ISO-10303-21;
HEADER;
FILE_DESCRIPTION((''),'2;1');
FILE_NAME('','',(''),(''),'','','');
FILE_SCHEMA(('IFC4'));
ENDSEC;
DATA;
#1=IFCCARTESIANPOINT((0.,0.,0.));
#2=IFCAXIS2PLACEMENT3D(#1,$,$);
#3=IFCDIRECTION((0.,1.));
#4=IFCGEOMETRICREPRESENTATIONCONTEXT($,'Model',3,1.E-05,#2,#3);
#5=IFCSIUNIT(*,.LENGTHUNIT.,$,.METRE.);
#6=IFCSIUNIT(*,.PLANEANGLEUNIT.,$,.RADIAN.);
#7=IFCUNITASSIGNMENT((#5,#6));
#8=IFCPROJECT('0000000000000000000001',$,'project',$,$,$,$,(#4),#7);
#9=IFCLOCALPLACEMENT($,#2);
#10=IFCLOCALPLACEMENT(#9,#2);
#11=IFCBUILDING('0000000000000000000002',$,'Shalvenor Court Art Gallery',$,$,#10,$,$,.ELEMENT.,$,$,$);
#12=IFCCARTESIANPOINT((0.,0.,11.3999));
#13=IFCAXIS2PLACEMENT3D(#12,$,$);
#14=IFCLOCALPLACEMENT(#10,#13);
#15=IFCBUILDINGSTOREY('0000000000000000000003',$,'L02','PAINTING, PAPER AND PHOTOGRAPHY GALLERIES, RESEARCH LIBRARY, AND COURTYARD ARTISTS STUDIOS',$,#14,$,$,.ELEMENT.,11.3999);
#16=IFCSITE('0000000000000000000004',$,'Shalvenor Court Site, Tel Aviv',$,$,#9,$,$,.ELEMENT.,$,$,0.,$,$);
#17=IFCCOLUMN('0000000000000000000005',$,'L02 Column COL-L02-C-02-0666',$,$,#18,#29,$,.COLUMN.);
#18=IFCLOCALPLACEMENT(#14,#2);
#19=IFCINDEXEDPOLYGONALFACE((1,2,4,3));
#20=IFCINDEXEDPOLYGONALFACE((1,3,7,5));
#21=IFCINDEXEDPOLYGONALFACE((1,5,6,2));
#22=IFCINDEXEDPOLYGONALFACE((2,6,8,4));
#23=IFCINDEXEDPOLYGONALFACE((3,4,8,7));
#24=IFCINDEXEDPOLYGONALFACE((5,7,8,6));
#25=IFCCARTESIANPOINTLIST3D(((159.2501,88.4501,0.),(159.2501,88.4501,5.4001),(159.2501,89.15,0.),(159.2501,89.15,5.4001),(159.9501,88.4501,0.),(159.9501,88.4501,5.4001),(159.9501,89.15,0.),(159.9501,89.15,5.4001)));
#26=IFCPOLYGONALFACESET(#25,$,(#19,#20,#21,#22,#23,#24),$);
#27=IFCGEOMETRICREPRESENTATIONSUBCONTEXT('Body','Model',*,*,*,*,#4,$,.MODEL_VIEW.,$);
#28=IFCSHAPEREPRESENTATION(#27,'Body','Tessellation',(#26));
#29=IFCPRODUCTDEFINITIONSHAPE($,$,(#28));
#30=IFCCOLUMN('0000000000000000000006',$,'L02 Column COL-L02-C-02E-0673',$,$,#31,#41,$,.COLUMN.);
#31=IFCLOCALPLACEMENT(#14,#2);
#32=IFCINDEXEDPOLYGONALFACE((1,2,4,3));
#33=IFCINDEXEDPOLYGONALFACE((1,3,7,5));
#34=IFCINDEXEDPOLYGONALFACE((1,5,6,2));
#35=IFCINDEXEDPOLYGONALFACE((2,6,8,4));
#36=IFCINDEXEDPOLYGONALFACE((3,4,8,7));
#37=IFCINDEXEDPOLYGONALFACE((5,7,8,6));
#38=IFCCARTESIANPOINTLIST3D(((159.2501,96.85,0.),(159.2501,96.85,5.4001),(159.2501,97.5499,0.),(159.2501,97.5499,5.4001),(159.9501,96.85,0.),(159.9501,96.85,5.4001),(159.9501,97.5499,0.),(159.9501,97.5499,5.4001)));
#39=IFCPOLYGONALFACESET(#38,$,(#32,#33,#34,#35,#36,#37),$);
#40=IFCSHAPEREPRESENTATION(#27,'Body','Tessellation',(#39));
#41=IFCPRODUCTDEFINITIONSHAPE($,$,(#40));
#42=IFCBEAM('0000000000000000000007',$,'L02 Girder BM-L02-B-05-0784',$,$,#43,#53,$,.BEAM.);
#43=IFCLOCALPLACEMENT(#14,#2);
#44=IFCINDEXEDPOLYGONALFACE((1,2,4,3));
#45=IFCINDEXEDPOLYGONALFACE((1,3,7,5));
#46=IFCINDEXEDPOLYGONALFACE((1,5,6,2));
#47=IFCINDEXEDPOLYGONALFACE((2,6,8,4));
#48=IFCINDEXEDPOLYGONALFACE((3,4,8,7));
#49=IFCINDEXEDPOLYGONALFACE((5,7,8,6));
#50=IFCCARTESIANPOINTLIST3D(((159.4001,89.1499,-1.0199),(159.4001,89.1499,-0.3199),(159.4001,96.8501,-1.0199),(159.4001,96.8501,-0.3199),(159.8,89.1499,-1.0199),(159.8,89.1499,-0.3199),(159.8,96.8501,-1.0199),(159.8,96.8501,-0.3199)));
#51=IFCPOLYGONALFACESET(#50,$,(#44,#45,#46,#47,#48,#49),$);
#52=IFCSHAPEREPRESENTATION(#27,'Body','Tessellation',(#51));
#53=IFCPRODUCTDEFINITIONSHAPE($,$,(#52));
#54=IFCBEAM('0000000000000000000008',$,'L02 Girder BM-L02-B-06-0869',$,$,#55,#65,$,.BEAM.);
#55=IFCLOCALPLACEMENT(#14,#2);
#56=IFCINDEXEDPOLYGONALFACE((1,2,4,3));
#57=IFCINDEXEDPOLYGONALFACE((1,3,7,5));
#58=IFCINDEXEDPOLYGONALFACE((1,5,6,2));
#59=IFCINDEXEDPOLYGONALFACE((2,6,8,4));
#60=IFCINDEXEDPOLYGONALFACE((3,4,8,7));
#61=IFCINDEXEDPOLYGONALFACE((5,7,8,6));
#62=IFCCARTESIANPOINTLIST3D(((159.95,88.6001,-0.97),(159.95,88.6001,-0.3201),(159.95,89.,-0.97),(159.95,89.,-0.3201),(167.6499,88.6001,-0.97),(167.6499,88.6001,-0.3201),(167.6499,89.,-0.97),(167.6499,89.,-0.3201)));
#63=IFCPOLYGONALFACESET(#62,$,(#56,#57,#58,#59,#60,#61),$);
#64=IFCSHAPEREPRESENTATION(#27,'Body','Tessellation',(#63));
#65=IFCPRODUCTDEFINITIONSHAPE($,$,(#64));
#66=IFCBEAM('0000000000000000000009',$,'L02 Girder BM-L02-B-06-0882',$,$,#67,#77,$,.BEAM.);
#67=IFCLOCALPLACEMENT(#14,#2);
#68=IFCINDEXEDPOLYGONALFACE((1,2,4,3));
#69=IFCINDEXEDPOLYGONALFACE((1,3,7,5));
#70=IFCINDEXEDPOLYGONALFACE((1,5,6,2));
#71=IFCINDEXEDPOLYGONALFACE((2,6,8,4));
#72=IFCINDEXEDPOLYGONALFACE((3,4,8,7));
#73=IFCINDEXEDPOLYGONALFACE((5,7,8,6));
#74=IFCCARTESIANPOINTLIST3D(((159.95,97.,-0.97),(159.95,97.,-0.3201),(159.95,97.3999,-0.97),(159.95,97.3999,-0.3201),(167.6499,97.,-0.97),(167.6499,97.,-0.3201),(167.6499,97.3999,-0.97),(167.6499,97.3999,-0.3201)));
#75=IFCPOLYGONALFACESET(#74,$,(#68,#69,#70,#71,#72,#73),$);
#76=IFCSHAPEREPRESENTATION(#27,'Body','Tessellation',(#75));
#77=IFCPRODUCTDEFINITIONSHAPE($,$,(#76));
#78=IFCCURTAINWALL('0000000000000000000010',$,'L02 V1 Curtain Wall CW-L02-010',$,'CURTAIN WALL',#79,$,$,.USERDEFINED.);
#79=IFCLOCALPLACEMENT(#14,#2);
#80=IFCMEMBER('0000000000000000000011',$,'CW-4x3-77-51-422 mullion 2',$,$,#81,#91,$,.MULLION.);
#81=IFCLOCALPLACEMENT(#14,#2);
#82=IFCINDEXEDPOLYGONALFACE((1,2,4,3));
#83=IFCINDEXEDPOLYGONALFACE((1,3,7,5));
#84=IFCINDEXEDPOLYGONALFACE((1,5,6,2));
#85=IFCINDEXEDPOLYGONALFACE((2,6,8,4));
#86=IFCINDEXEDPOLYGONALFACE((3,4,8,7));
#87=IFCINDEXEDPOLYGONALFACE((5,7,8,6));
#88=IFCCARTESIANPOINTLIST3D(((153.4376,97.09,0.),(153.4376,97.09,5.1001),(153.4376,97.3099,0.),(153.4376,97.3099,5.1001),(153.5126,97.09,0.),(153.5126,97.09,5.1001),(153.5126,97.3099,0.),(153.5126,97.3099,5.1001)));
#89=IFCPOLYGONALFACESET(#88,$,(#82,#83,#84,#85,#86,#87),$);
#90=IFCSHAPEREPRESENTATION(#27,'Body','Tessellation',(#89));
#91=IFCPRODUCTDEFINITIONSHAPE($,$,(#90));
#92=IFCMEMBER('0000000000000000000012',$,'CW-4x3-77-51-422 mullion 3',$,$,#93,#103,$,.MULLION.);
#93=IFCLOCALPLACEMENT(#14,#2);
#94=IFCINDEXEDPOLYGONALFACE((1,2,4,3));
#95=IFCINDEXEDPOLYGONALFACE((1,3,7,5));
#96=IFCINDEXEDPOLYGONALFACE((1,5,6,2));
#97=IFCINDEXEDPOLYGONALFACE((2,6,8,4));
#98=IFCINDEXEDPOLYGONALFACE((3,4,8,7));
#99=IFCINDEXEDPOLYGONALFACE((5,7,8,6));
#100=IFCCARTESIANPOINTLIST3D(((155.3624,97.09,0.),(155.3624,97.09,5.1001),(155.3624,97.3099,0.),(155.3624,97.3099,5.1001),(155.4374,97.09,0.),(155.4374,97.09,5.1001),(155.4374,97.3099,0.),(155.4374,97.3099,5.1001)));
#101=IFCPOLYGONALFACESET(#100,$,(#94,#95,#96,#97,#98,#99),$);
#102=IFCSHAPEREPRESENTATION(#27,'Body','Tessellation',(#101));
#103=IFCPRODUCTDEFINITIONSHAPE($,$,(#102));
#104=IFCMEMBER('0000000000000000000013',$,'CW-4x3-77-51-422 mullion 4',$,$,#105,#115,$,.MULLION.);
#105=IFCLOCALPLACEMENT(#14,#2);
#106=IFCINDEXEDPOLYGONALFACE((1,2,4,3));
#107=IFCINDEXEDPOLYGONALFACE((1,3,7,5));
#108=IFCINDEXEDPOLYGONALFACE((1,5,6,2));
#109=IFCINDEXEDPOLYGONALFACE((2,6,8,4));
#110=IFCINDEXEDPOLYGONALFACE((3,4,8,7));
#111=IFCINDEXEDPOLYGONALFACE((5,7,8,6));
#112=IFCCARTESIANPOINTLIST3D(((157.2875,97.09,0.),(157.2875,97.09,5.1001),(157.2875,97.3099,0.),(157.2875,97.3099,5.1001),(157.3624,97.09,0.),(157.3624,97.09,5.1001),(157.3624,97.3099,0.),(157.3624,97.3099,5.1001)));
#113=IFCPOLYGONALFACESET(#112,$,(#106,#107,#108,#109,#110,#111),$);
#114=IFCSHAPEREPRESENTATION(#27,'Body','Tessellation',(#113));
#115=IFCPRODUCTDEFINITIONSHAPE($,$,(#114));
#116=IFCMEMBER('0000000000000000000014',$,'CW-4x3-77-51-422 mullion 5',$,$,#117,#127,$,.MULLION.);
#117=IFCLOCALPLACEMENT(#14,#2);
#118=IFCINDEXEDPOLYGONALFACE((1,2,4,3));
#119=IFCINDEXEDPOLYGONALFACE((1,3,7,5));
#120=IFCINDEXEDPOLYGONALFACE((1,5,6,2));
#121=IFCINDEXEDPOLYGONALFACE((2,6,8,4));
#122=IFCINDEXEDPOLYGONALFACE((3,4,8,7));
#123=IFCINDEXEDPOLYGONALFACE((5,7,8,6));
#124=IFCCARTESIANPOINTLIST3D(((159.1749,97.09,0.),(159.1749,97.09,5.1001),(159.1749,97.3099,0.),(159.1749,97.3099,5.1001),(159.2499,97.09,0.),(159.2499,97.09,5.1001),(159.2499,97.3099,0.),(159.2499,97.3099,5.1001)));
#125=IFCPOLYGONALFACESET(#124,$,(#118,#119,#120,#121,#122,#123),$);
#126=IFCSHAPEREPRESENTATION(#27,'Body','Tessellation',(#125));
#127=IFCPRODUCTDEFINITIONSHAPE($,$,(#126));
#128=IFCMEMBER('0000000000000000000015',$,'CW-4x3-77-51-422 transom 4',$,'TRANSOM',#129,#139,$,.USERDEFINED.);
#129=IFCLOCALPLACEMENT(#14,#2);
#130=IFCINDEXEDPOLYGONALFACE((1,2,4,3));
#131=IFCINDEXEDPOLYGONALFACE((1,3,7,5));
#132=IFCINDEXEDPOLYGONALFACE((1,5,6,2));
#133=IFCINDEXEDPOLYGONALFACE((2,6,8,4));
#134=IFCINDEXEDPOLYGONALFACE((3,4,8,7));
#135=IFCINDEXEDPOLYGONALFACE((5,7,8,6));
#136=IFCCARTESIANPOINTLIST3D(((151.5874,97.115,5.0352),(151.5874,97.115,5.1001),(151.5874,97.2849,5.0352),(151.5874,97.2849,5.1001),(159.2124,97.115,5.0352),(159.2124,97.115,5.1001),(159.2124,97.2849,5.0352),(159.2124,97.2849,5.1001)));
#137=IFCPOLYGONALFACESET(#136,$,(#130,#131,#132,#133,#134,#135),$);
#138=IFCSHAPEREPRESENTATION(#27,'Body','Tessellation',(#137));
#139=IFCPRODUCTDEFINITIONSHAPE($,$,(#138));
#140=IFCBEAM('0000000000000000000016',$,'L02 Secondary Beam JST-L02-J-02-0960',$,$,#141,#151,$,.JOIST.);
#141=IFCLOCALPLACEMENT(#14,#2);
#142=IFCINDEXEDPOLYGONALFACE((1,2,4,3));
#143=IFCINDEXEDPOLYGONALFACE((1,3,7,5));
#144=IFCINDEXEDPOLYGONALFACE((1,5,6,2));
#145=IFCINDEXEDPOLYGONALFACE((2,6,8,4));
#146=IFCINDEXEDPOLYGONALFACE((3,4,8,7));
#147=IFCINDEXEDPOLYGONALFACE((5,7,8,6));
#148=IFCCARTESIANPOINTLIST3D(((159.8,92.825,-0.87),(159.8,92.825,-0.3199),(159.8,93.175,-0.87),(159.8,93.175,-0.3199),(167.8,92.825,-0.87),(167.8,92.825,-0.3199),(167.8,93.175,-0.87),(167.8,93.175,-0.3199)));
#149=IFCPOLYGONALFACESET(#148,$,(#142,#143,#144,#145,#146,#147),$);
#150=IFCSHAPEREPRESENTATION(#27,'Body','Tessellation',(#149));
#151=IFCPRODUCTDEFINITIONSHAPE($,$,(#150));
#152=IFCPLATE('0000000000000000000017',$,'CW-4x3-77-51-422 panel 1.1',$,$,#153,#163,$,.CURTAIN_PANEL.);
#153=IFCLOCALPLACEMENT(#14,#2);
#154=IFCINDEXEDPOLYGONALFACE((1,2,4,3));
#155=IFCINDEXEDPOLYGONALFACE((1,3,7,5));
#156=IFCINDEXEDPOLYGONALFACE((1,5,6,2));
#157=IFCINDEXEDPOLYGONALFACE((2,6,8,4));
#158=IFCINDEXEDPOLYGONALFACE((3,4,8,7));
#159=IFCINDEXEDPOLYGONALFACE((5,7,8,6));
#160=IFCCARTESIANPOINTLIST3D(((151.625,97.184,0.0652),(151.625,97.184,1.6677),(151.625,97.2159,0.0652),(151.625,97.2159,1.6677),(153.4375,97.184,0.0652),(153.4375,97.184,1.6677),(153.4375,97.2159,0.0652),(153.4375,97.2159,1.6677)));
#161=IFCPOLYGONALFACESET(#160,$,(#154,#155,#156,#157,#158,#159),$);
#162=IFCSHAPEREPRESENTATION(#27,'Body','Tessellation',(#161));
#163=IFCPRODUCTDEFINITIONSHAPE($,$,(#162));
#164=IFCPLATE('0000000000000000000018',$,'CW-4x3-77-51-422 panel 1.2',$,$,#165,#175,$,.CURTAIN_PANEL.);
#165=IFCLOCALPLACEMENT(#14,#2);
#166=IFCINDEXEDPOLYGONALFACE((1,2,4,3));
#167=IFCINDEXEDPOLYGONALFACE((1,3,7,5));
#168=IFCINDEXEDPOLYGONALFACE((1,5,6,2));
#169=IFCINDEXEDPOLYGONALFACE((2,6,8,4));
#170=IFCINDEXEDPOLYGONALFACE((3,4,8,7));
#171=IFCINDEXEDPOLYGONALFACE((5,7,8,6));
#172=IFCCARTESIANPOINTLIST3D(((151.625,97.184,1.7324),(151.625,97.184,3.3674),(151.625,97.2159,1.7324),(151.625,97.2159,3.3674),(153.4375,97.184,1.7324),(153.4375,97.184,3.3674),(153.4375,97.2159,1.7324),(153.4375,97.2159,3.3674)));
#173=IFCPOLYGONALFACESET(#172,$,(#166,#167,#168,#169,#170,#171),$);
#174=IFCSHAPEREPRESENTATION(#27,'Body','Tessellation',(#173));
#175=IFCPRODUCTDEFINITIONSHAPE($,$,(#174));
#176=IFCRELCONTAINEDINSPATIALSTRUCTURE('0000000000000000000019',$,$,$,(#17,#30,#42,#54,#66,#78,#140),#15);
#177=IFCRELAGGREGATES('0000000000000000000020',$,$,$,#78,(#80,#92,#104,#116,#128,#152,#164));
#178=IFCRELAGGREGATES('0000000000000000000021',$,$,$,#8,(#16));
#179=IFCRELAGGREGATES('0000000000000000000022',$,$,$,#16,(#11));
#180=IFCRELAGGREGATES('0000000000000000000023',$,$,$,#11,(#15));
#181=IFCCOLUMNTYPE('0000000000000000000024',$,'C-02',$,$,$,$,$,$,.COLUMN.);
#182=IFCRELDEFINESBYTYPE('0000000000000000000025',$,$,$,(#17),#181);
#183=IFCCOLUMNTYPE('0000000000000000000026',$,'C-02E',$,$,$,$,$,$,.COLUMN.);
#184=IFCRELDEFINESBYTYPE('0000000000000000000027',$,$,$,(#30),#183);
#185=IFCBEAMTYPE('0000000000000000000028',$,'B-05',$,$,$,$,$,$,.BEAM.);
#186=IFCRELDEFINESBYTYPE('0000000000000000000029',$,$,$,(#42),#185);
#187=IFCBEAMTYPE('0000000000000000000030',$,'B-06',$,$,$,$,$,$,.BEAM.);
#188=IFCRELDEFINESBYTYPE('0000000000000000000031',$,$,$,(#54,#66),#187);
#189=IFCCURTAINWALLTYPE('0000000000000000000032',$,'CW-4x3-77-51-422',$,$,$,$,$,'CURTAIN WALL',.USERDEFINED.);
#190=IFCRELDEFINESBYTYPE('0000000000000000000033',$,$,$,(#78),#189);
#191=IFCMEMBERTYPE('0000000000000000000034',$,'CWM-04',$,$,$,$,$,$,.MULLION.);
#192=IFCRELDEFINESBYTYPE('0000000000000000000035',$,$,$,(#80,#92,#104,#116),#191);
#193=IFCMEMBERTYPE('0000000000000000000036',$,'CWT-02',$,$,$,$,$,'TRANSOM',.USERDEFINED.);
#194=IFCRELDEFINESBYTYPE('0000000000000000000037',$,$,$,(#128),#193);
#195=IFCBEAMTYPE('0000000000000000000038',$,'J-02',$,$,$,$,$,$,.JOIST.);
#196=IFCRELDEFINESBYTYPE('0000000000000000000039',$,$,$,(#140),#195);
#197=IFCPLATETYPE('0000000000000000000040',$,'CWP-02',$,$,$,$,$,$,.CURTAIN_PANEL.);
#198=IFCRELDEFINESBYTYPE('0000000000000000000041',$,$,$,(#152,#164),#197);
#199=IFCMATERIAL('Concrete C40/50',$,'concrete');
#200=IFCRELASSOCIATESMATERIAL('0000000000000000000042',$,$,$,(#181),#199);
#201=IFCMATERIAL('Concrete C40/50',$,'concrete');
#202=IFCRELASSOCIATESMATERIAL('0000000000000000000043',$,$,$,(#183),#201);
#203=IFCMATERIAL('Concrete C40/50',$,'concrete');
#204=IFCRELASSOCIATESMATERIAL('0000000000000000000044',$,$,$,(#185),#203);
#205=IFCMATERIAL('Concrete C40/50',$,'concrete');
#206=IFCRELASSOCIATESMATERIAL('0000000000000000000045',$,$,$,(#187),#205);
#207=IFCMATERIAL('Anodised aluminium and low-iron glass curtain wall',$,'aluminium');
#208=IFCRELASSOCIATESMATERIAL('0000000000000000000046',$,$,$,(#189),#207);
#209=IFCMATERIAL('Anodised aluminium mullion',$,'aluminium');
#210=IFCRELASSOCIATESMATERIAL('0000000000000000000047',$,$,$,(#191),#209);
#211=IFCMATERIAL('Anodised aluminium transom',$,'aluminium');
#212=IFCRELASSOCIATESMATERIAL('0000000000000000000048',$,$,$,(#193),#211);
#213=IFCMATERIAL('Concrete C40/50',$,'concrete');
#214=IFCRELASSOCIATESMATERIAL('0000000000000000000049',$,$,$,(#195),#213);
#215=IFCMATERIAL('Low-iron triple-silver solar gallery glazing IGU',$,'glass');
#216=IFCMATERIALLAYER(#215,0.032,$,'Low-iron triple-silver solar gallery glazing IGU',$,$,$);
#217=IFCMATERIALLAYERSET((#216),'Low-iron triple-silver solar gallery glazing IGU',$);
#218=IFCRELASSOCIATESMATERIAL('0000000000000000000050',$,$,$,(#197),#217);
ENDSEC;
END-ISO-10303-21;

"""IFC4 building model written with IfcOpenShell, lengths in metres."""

from ifc_helpers import new_model, si_unit, direction, frame, origin, origin_2d, place, context, subcontext, project, spatial, rectangle, extrude, material, layer, layer_set, material_profile, profile_set, type_object, element, aggregate, save


model = new_model("IFC4")

# Units and contexts
model_context = context("Model", 3, precision=1e-05, world=origin(), true_north=direction((0.0, 1.0)))
body_context = subcontext(model_context, "Body", "Model", "MODEL_VIEW")
ifc_project = project(units=[si_unit("LENGTHUNIT", "METRE"), si_unit("PLANEANGLEUNIT", "RADIAN")], contexts=[model_context])

# Site, building, storey
site_placement = place(None, origin())
site = spatial("IfcSite", under=ifc_project, at=site_placement, Name="Shalvenor Court Site, Tel Aviv", CompositionType="ELEMENT", RefElevation=0.0)
building_placement = place(site_placement, origin())
building = spatial("IfcBuilding", under=site, at=building_placement, Name="Shalvenor Court Art Gallery", CompositionType="ELEMENT")
storey_placement = place(building_placement, frame((0.0, 0.0, 11.3999)))
storey = spatial("IfcBuildingStorey", under=building, at=storey_placement, Name="L02", Description="PAINTING, PAPER AND PHOTOGRAPHY GALLERIES, RESEARCH LIBRARY, AND COURTYARD ARTISTS STUDIOS", CompositionType="ELEMENT", Elevation=11.3999)

# Columns
ifc_material_1 = material(Name="Concrete C40/50", Category="concrete")
ifc_material_profile_1 = material_profile(ifc_material_1, rectangle(XDim=0.7, YDim=0.7, at=origin_2d()), Name="RC 700x700")
ifc_profile_set_1 = profile_set([ifc_material_profile_1], Name="Concrete C40/50")
column_type_1 = type_object("IfcColumnType", Name="C-02", PredefinedType="COLUMN", material=ifc_profile_set_1)
column_1_placement = place(storey_placement, frame((159.6001, 88.8, 0.0), z_axis=(0.0, 0.0, 1.0), x_axis=(1.0, 0.0, 0.0)))
element("IfcColumn", 1, at=column_1_placement, inside=storey, type_object=column_type_1, Name="L02 Column COL-L02-C-02-0666", PredefinedType="COLUMN", context=body_context, shape_type="SweptSolid", body=[
    extrude(rectangle(XDim=0.7, YDim=0.7, at=origin_2d()), origin(), (0.0, 0.0, 1.0), 5.4001),
])
ifc_material_2 = material(Name="Concrete C40/50", Category="concrete")
ifc_material_profile_2 = material_profile(ifc_material_2, rectangle(XDim=0.7, YDim=0.7, at=origin_2d()), Name="RC 700x700")
ifc_profile_set_2 = profile_set([ifc_material_profile_2], Name="Concrete C40/50")
column_type_2 = type_object("IfcColumnType", Name="C-02E", PredefinedType="COLUMN", material=ifc_profile_set_2)
column_2_placement = place(storey_placement, frame((159.6001, 97.2, 0.0), z_axis=(0.0, 0.0, 1.0), x_axis=(1.0, 0.0, 0.0)))
element("IfcColumn", 2, at=column_2_placement, inside=storey, type_object=column_type_2, Name="L02 Column COL-L02-C-02E-0673", PredefinedType="COLUMN", context=body_context, shape_type="SweptSolid", body=[
    extrude(rectangle(XDim=0.7, YDim=0.7, at=origin_2d()), origin(), (0.0, 0.0, 1.0), 5.4001),
])

# Beams
ifc_material_3 = material(Name="Concrete C40/50", Category="concrete")
ifc_material_profile_3 = material_profile(ifc_material_3, rectangle(XDim=0.3999, YDim=0.7, at=origin_2d()), Name="RC 400x700")
ifc_profile_set_3 = profile_set([ifc_material_profile_3], Name="Concrete C40/50")
beam_type_1 = type_object("IfcBeamType", Name="B-05", PredefinedType="BEAM", material=ifc_profile_set_3)
beam_1_placement = place(storey_placement, frame((159.6001, 89.1499, -0.6699), z_axis=(0.0, 1.0, 0.0), x_axis=(-1.0, 0.0, 0.0)))
element("IfcBeam", 3, at=beam_1_placement, inside=storey, type_object=beam_type_1, Name="L02 Girder BM-L02-B-05-0784", PredefinedType="BEAM", context=body_context, shape_type="SweptSolid", body=[
    extrude(rectangle(XDim=0.3999, YDim=0.7, at=origin_2d()), origin(), (0.0, 0.0, 1.0), 7.7002),
])
ifc_material_4 = material(Name="Concrete C40/50", Category="concrete")
ifc_material_profile_4 = material_profile(ifc_material_4, rectangle(XDim=0.3999, YDim=0.6499, at=origin_2d()), Name="RC 400x650")
ifc_profile_set_4 = profile_set([ifc_material_profile_4], Name="Concrete C40/50")
beam_type_2 = type_object("IfcBeamType", Name="B-06", PredefinedType="BEAM", material=ifc_profile_set_4)
for number, where, z_axis, x_axis, name in (
    (4, (159.95, 88.8, -0.645), (1.0, 0.0, 0.0), (0.0, 1.0, 0.0), "L02 Girder BM-L02-B-06-0869"),
    (5, (159.95, 97.2, -0.645), (1.0, 0.0, 0.0), (0.0, 1.0, 0.0), "L02 Girder BM-L02-B-06-0882"),
):
    element("IfcBeam", number, at=place(storey_placement, frame(where, z_axis=z_axis, x_axis=x_axis)), inside=storey, type_object=beam_type_2, Name=name, PredefinedType="BEAM", context=body_context, shape_type="SweptSolid", body=[
        extrude(rectangle(XDim=0.3999, YDim=0.6499, at=origin_2d()), origin(), (0.0, 0.0, 1.0), 7.7),
    ])

# Curtain wall, members
ifc_material_5 = material(Name="Anodised aluminium and low-iron glass curtain wall", Category="aluminium")
curtain_wall_type = type_object("IfcCurtainWallType", Name="CW-4x3-77-51-422", ElementType="CURTAIN WALL", PredefinedType="USERDEFINED", material=ifc_material_5)
curtain_wall_placement = place(storey_placement, origin())
curtain_wall = element("IfcCurtainWall", 6, at=curtain_wall_placement, inside=storey, type_object=curtain_wall_type, Name="L02 V1 Curtain Wall CW-L02-010", ObjectType="CURTAIN WALL", PredefinedType="USERDEFINED")
ifc_material_6 = material(Name="Anodised aluminium mullion", Category="aluminium")
ifc_material_profile_5 = material_profile(ifc_material_6, rectangle(XDim=0.075, YDim=0.22, at=origin_2d()), Name="CWM-04")
ifc_profile_set_5 = profile_set([ifc_material_profile_5], Name="Anodised aluminium mullion")
member_type_1 = type_object("IfcMemberType", Name="CWM-04", PredefinedType="MULLION", material=ifc_profile_set_5)
member_1_placement = place(storey_placement, frame((153.4751, 97.2, 0.0), z_axis=(0.0, 0.0, 1.0), x_axis=(1.0, 0.0, 0.0)))
member_1 = element("IfcMember", 7, at=member_1_placement, type_object=member_type_1, Name="CW-4x3-77-51-422 mullion 2", PredefinedType="MULLION", context=body_context, shape_type="SweptSolid", body=[
    extrude(rectangle(XDim=0.075, YDim=0.22, at=origin_2d()), origin(), (0.0, 0.0, 1.0), 5.1001),
])
member_2_placement = place(storey_placement, frame((155.3999, 97.2, 0.0), z_axis=(0.0, 0.0, 1.0), x_axis=(1.0, 0.0, 0.0)))
member_2 = element("IfcMember", 8, at=member_2_placement, type_object=member_type_1, Name="CW-4x3-77-51-422 mullion 3", PredefinedType="MULLION", context=body_context, shape_type="SweptSolid", body=[
    extrude(rectangle(XDim=0.075, YDim=0.22, at=origin_2d()), origin(), (0.0, 0.0, 1.0), 5.1001),
])
member_3_placement = place(storey_placement, frame((157.325, 97.2, 0.0), z_axis=(0.0, 0.0, 1.0), x_axis=(1.0, 0.0, 0.0)))
member_3 = element("IfcMember", 9, at=member_3_placement, type_object=member_type_1, Name="CW-4x3-77-51-422 mullion 4", PredefinedType="MULLION", context=body_context, shape_type="SweptSolid", body=[
    extrude(rectangle(XDim=0.075, YDim=0.22, at=origin_2d()), origin(), (0.0, 0.0, 1.0), 5.1001),
])
member_4_placement = place(storey_placement, frame((159.2124, 97.2, 0.0), z_axis=(0.0, 0.0, 1.0), x_axis=(1.0, 0.0, 0.0)))
member_4 = element("IfcMember", 10, at=member_4_placement, type_object=member_type_1, Name="CW-4x3-77-51-422 mullion 5", PredefinedType="MULLION", context=body_context, shape_type="SweptSolid", body=[
    extrude(rectangle(XDim=0.075, YDim=0.22, at=origin_2d()), origin(), (0.0, 0.0, 1.0), 5.1001),
])
ifc_material_7 = material(Name="Anodised aluminium transom", Category="aluminium")
ifc_material_profile_6 = material_profile(ifc_material_7, rectangle(XDim=0.1699, YDim=0.0649, at=origin_2d()), Name="CWT-02")
ifc_profile_set_6 = profile_set([ifc_material_profile_6], Name="Anodised aluminium transom")
member_type_2 = type_object("IfcMemberType", Name="CWT-02", ElementType="TRANSOM", PredefinedType="USERDEFINED", material=ifc_profile_set_6)
member_5_placement = place(storey_placement, frame((151.5874, 97.2, 5.0676), z_axis=(1.0, 0.0, 0.0), x_axis=(0.0, 1.0, 0.0)))
member_5 = element("IfcMember", 11, at=member_5_placement, type_object=member_type_2, Name="CW-4x3-77-51-422 transom 4", ObjectType="TRANSOM", PredefinedType="USERDEFINED", context=body_context, shape_type="SweptSolid", body=[
    extrude(rectangle(XDim=0.1699, YDim=0.0649, at=origin_2d()), origin(), (0.0, 0.0, 1.0), 7.625),
])

# Beam
ifc_material_8 = material(Name="Concrete C40/50", Category="concrete")
ifc_material_profile_7 = material_profile(ifc_material_8, rectangle(XDim=0.3501, YDim=0.55, at=origin_2d()), Name="RC 350x550")
ifc_profile_set_7 = profile_set([ifc_material_profile_7], Name="Concrete C40/50")
beam_type_3 = type_object("IfcBeamType", Name="J-02", PredefinedType="JOIST", material=ifc_profile_set_7)
beam_2_placement = place(storey_placement, frame((159.8, 93.0, -0.595), z_axis=(1.0, 0.0, 0.0), x_axis=(0.0, 1.0, 0.0)))
element("IfcBeam", 12, at=beam_2_placement, inside=storey, type_object=beam_type_3, Name="L02 Secondary Beam JST-L02-J-02-0960", PredefinedType="JOIST", context=body_context, shape_type="SweptSolid", body=[
    extrude(rectangle(XDim=0.3501, YDim=0.55, at=origin_2d()), origin(), (0.0, 0.0, 1.0), 8.0),
])

# Plates
ifc_material_9 = material(Name="Low-iron triple-silver solar gallery glazing IGU", Category="glass")
ifc_layer_1 = layer(ifc_material_9, 0.032, Name="Low-iron triple-silver solar gallery glazing IGU")
ifc_layer_set_1 = layer_set([ifc_layer_1], Name="Low-iron triple-silver solar gallery glazing IGU")
plate_type_1 = type_object("IfcPlateType", Name="CWP-02", PredefinedType="CURTAIN_PANEL", material=ifc_layer_set_1)
plate_1_placement = place(storey_placement, frame((152.5312, 97.2, 0.0652), z_axis=(0.0, 0.0, 1.0), x_axis=(1.0, 0.0, 0.0)))
plate_1 = element("IfcPlate", 13, at=plate_1_placement, type_object=plate_type_1, Name="CW-4x3-77-51-422 panel 1.1", PredefinedType="CURTAIN_PANEL", context=body_context, shape_type="SweptSolid", body=[
    extrude(rectangle(XDim=1.8125, YDim=0.032, at=origin_2d()), origin(), (0.0, 0.0, 1.0), 1.6025),
])
plate_2_placement = place(storey_placement, frame((152.5312, 97.2, 1.7324), z_axis=(0.0, 0.0, 1.0), x_axis=(1.0, 0.0, 0.0)))
plate_2 = element("IfcPlate", 14, at=plate_2_placement, type_object=plate_type_1, Name="CW-4x3-77-51-422 panel 1.2", PredefinedType="CURTAIN_PANEL", context=body_context, shape_type="SweptSolid", body=[
    extrude(rectangle(XDim=1.8125, YDim=0.032, at=origin_2d()), origin(), (0.0, 0.0, 1.0), 1.635),
])
aggregate(curtain_wall, [member_1, member_2, member_3, member_4, member_5, plate_1, plate_2])

save(model, "model.ifc")
